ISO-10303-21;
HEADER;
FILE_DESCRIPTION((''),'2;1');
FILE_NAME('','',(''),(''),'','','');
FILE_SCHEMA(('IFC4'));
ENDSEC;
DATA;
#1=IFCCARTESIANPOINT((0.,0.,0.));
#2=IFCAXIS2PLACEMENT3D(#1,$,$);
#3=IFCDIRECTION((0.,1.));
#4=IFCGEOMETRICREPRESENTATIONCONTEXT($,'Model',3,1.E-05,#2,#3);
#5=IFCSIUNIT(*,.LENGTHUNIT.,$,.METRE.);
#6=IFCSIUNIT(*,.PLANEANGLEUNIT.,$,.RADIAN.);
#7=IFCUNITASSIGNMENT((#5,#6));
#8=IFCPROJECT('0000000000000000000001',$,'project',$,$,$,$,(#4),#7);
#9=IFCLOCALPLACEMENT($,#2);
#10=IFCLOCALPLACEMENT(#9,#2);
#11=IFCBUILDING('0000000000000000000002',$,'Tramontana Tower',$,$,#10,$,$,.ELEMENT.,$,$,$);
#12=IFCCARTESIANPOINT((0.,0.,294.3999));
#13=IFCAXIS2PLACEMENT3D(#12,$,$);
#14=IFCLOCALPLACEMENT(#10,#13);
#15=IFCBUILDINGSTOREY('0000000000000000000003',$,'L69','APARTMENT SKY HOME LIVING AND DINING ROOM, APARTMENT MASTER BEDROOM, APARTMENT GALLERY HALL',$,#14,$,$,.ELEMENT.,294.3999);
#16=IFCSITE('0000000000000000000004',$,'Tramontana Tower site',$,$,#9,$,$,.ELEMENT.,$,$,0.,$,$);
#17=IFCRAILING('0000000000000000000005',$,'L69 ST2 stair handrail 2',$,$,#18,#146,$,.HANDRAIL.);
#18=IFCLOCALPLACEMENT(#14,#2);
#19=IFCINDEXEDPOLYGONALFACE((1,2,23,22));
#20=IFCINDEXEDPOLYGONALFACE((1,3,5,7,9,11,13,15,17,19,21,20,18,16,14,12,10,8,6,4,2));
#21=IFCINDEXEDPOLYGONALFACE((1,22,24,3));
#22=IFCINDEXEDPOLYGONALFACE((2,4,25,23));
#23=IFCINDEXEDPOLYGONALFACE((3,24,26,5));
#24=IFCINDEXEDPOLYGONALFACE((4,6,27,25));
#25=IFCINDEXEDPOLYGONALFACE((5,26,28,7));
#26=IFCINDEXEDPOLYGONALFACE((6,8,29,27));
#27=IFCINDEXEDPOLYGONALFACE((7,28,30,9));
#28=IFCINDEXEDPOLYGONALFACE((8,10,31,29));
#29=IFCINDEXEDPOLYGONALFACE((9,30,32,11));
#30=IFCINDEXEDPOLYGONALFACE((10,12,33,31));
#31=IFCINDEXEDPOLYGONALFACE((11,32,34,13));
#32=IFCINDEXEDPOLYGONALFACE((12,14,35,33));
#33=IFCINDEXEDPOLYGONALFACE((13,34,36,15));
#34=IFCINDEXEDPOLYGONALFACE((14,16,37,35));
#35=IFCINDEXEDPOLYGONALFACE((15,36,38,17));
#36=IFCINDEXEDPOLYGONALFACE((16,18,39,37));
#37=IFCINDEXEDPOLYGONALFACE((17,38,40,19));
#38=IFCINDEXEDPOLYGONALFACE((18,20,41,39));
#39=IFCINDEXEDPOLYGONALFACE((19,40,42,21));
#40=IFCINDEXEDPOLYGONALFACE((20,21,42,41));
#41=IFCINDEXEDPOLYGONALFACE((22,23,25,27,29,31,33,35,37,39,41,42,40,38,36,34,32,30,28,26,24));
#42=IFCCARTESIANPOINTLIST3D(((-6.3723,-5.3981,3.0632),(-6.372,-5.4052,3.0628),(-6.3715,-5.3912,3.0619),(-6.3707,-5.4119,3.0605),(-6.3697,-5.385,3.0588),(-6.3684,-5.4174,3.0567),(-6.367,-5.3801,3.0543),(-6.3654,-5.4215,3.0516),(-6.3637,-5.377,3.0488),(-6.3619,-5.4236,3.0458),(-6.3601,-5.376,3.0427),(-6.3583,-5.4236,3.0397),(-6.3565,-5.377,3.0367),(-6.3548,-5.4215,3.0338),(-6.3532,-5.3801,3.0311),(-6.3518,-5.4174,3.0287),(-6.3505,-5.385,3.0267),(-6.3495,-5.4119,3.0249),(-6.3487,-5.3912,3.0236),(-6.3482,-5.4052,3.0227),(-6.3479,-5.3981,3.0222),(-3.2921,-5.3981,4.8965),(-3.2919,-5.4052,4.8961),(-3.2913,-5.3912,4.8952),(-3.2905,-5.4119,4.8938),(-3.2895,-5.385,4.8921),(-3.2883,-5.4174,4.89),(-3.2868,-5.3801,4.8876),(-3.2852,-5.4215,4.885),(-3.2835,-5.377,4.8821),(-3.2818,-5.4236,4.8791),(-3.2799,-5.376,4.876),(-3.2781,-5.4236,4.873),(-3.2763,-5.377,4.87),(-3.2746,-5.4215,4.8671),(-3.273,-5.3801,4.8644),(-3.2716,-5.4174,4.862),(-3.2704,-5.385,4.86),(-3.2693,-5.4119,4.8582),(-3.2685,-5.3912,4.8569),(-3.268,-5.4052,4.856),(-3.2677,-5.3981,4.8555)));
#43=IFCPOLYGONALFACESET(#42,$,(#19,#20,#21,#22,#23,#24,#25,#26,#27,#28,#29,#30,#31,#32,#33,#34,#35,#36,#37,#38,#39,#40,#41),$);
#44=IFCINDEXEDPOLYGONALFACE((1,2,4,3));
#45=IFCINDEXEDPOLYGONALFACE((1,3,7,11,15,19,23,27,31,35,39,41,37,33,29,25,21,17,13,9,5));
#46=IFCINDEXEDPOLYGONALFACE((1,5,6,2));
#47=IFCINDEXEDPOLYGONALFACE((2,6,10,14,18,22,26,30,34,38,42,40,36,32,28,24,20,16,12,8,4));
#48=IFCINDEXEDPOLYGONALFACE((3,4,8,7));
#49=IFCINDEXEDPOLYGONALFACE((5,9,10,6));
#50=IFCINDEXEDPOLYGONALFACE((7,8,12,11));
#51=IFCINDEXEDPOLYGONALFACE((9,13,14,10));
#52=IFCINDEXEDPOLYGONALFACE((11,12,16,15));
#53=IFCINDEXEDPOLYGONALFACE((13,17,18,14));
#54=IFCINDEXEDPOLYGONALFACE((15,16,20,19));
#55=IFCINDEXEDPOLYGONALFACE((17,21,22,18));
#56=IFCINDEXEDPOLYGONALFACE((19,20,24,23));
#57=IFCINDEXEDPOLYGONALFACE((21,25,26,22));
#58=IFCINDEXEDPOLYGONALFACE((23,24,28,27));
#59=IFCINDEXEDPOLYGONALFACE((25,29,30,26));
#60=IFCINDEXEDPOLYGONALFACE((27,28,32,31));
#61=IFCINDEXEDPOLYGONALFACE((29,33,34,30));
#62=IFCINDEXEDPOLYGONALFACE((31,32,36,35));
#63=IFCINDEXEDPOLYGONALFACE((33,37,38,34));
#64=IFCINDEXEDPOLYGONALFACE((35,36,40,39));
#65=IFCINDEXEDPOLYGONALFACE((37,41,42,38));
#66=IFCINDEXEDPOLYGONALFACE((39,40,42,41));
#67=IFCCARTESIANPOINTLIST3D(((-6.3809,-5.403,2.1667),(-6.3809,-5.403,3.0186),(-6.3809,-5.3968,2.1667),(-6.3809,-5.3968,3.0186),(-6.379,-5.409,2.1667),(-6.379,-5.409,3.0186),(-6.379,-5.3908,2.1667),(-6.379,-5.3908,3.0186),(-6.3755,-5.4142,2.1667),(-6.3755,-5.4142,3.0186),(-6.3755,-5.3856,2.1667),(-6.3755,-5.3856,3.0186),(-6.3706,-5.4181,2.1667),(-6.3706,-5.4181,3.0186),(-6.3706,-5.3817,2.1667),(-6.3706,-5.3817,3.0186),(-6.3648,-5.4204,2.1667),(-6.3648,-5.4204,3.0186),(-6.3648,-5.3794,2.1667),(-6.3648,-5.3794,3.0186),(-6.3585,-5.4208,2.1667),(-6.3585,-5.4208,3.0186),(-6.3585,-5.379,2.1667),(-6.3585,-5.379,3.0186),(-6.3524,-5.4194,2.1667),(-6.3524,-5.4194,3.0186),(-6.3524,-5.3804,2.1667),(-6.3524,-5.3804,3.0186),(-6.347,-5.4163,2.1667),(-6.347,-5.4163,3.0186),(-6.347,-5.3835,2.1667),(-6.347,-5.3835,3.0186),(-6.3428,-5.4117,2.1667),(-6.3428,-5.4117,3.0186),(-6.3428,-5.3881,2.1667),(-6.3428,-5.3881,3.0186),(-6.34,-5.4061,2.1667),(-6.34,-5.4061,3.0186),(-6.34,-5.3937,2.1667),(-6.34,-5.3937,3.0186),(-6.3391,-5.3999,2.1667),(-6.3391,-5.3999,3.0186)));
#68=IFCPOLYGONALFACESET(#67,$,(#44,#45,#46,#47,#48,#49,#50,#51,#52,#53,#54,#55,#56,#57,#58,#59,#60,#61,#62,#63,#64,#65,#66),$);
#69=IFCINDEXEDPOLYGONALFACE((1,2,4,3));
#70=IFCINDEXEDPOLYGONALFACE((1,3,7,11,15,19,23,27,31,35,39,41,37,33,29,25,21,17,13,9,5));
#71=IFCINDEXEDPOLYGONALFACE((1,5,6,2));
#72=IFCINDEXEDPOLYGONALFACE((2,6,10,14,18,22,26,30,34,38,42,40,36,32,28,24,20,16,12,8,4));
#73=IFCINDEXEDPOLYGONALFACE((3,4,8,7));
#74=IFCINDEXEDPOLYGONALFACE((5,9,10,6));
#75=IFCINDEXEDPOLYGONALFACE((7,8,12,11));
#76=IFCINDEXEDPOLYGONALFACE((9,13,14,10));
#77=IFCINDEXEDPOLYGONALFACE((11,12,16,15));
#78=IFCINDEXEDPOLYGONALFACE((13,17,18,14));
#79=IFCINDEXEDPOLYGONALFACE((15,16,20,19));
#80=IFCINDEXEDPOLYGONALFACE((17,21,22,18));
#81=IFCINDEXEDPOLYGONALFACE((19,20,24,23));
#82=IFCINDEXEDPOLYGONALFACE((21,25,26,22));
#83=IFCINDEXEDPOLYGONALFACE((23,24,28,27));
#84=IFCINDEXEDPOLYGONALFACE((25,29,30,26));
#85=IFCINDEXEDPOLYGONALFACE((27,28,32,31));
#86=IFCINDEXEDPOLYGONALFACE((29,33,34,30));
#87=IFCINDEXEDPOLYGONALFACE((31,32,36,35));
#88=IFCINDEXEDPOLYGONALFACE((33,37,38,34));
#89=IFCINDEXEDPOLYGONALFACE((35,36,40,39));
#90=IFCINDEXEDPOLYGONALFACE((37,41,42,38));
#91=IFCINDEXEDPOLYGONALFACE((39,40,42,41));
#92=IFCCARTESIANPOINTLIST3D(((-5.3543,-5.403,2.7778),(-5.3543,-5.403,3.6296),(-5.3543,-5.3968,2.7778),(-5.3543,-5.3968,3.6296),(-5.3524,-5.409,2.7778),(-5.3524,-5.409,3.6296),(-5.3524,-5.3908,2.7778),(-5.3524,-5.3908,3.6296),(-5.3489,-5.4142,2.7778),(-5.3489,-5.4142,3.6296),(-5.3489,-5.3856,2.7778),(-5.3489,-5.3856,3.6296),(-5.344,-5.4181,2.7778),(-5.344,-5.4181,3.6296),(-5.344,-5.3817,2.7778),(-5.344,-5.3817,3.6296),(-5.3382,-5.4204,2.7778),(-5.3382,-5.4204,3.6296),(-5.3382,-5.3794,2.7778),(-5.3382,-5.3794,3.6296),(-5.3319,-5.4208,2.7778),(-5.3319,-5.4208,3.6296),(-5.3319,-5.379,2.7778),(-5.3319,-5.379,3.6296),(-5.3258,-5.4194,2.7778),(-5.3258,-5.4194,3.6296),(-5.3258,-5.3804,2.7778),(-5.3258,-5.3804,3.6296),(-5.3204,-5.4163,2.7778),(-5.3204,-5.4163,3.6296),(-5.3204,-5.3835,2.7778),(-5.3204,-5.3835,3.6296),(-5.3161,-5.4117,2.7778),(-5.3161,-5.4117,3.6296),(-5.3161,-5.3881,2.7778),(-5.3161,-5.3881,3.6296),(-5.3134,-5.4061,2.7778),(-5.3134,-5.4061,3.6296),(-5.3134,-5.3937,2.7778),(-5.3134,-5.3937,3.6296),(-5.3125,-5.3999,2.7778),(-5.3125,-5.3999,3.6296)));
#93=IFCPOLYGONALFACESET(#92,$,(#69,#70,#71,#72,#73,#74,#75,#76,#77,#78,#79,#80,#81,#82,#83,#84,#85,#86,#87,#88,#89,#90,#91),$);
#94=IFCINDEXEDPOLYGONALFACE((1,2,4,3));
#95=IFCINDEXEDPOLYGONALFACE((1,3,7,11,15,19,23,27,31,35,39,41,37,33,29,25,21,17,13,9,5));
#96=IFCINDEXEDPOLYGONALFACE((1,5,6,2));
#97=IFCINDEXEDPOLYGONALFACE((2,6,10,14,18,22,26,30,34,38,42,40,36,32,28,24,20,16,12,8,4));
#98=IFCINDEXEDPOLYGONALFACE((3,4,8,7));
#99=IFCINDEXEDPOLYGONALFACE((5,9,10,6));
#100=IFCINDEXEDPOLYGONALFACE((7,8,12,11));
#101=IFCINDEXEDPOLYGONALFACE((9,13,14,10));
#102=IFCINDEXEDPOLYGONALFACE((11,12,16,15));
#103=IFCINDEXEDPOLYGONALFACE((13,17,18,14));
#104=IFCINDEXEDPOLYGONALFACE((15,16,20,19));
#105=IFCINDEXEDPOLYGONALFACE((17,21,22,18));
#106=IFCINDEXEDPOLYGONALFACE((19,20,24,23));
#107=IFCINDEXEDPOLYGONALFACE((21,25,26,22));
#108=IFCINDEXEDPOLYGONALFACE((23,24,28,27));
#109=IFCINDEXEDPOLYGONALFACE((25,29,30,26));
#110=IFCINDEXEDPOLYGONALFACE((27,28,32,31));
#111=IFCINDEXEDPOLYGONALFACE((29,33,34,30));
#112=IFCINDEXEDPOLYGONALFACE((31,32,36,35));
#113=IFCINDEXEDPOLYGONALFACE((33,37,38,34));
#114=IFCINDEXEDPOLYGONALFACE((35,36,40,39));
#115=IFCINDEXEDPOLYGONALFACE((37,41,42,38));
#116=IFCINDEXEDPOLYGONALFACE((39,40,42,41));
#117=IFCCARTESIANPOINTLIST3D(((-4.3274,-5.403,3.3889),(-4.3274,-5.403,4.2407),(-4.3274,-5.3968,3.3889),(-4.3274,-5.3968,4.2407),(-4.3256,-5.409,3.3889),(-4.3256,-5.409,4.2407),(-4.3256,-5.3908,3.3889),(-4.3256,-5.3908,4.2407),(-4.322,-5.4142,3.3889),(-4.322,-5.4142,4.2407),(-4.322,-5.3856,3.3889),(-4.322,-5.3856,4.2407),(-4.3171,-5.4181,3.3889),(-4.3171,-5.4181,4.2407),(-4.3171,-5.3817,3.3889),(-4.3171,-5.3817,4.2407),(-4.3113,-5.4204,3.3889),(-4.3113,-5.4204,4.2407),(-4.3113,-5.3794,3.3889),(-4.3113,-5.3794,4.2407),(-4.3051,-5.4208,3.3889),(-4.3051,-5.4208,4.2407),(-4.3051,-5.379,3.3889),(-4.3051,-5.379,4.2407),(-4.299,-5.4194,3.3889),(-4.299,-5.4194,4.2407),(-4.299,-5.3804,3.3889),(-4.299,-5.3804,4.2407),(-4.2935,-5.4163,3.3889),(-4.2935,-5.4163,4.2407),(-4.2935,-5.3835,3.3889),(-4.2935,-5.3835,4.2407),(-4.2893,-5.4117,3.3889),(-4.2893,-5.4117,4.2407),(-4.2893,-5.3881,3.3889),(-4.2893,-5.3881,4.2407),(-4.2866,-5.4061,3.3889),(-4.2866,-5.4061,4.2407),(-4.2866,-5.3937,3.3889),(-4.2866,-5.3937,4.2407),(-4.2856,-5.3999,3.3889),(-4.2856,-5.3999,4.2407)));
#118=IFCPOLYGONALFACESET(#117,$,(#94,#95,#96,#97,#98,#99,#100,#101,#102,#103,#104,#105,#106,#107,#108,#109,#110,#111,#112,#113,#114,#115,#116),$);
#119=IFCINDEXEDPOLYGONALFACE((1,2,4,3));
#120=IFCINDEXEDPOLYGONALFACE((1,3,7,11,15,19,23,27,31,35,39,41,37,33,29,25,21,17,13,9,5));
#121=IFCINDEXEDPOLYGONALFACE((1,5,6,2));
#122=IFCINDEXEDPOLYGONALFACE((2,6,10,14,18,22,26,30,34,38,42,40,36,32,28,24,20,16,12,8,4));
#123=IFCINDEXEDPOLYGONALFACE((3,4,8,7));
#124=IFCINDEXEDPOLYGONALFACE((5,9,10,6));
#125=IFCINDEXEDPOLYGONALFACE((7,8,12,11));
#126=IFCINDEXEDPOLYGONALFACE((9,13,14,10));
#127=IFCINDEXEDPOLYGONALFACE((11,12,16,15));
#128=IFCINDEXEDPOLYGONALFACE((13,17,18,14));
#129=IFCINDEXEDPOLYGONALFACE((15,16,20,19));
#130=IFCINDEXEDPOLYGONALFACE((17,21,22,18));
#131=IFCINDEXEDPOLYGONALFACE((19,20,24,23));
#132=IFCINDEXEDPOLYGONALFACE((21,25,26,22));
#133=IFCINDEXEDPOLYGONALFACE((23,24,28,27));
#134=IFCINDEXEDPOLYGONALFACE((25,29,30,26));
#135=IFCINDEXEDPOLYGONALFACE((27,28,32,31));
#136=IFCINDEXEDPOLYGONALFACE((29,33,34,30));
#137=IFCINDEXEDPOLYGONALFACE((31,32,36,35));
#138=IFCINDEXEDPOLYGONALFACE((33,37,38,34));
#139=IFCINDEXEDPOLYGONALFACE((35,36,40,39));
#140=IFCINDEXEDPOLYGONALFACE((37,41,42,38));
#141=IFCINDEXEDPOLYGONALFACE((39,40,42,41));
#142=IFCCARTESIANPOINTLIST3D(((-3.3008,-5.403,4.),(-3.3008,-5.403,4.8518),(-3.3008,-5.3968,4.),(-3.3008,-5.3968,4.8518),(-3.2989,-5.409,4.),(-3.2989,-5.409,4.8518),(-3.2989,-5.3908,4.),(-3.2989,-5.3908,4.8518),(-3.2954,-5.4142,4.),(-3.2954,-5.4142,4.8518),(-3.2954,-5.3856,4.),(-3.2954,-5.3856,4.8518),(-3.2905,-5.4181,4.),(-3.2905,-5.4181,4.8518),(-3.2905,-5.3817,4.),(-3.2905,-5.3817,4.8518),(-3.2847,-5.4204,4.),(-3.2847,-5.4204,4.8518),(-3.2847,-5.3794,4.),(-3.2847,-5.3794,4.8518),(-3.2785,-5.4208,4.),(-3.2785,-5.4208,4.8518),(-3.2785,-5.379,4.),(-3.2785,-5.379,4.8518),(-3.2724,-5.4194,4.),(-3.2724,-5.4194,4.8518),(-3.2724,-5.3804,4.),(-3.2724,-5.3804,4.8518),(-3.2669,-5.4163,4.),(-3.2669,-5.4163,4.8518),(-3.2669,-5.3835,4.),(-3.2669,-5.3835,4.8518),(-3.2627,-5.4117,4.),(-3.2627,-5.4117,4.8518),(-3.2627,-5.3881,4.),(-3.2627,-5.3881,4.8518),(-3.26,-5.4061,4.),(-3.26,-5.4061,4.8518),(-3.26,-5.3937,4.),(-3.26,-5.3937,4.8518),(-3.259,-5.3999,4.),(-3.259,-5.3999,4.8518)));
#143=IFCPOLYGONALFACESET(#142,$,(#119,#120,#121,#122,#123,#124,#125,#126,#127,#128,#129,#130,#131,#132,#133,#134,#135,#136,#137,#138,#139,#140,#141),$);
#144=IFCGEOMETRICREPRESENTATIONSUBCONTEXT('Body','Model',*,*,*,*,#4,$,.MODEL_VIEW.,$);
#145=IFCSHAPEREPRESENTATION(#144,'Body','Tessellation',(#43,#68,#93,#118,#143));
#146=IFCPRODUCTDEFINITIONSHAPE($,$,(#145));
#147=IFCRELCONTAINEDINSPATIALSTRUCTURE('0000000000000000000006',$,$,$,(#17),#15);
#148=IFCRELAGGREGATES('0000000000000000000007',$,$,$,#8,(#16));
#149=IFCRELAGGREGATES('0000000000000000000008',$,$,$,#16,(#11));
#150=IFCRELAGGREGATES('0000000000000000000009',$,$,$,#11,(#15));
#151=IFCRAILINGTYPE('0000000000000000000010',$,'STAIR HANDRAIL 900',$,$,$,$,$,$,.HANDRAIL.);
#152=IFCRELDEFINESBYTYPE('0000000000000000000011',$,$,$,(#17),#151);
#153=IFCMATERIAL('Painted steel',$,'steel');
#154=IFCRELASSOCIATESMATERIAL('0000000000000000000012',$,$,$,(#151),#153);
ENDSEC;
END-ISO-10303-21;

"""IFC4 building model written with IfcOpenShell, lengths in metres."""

from ifc_helpers import new_model, si_unit, direction, frame, origin, origin_2d, place, context, subcontext, project, spatial, circle, extrude, material, type_object, element, save


model = new_model("IFC4")

# Units and contexts
model_context = context("Model", 3, precision=1e-05, world=origin(), true_north=direction((0.0, 1.0)))
body_context = subcontext(model_context, "Body", "Model", "MODEL_VIEW")
ifc_project = project(units=[si_unit("LENGTHUNIT", "METRE"), si_unit("PLANEANGLEUNIT", "RADIAN")], contexts=[model_context])

# Site, building, storey
site_placement = place(None, origin())
site = spatial("IfcSite", under=ifc_project, at=site_placement, Name="Tramontana Tower site", CompositionType="ELEMENT", RefElevation=0.0)
building_placement = place(site_placement, origin())
building = spatial("IfcBuilding", under=site, at=building_placement, Name="Tramontana Tower", CompositionType="ELEMENT")
storey_placement = place(building_placement, frame((0.0, 0.0, 294.3999)))
storey = spatial("IfcBuildingStorey", under=building, at=storey_placement, Name="L69", Description="APARTMENT SKY HOME LIVING AND DINING ROOM, APARTMENT MASTER BEDROOM, APARTMENT GALLERY HALL", CompositionType="ELEMENT", Elevation=294.3999)

# Railing
ifc_material_1 = material(Name="Painted steel", Category="steel")
railing_type_1 = type_object("IfcRailingType", Name="STAIR HANDRAIL 900", PredefinedType="HANDRAIL", material=ifc_material_1)
railing_1_placement = place(storey_placement, frame((-6.3601, -5.3999, 2.1667)))
element("IfcRailing", 1, at=railing_1_placement, inside=storey, type_object=railing_type_1, Name="L69 ST2 stair handrail 2", PredefinedType="HANDRAIL", context=body_context, shape_type="SweptSolid", body=[
    extrude(circle(Radius=0.0239, at=origin_2d()), frame((0.0, 0.0, 0.876), z_axis=(0.859309, 0.0, 0.511458), x_axis=(0.0, 1.0, 0.0)), (0.0, 0.0, 1.0), 3.5845),
    extrude(circle(Radius=0.021, at=origin_2d()), origin(), (0.0, 0.0, 1.0), 0.8518),
    extrude(circle(Radius=0.021, at=origin_2d()), frame((1.0266, 0.0, 0.6111)), (0.0, 0.0, 1.0), 0.8518),
    extrude(circle(Radius=0.021, at=origin_2d()), frame((2.0535, 0.0, 1.2222)), (0.0, 0.0, 1.0), 0.8518),
    extrude(circle(Radius=0.021, at=origin_2d()), frame((3.0801, 0.0, 1.8333)), (0.0, 0.0, 1.0), 0.8518),
])

save(model, "model.ifc")
